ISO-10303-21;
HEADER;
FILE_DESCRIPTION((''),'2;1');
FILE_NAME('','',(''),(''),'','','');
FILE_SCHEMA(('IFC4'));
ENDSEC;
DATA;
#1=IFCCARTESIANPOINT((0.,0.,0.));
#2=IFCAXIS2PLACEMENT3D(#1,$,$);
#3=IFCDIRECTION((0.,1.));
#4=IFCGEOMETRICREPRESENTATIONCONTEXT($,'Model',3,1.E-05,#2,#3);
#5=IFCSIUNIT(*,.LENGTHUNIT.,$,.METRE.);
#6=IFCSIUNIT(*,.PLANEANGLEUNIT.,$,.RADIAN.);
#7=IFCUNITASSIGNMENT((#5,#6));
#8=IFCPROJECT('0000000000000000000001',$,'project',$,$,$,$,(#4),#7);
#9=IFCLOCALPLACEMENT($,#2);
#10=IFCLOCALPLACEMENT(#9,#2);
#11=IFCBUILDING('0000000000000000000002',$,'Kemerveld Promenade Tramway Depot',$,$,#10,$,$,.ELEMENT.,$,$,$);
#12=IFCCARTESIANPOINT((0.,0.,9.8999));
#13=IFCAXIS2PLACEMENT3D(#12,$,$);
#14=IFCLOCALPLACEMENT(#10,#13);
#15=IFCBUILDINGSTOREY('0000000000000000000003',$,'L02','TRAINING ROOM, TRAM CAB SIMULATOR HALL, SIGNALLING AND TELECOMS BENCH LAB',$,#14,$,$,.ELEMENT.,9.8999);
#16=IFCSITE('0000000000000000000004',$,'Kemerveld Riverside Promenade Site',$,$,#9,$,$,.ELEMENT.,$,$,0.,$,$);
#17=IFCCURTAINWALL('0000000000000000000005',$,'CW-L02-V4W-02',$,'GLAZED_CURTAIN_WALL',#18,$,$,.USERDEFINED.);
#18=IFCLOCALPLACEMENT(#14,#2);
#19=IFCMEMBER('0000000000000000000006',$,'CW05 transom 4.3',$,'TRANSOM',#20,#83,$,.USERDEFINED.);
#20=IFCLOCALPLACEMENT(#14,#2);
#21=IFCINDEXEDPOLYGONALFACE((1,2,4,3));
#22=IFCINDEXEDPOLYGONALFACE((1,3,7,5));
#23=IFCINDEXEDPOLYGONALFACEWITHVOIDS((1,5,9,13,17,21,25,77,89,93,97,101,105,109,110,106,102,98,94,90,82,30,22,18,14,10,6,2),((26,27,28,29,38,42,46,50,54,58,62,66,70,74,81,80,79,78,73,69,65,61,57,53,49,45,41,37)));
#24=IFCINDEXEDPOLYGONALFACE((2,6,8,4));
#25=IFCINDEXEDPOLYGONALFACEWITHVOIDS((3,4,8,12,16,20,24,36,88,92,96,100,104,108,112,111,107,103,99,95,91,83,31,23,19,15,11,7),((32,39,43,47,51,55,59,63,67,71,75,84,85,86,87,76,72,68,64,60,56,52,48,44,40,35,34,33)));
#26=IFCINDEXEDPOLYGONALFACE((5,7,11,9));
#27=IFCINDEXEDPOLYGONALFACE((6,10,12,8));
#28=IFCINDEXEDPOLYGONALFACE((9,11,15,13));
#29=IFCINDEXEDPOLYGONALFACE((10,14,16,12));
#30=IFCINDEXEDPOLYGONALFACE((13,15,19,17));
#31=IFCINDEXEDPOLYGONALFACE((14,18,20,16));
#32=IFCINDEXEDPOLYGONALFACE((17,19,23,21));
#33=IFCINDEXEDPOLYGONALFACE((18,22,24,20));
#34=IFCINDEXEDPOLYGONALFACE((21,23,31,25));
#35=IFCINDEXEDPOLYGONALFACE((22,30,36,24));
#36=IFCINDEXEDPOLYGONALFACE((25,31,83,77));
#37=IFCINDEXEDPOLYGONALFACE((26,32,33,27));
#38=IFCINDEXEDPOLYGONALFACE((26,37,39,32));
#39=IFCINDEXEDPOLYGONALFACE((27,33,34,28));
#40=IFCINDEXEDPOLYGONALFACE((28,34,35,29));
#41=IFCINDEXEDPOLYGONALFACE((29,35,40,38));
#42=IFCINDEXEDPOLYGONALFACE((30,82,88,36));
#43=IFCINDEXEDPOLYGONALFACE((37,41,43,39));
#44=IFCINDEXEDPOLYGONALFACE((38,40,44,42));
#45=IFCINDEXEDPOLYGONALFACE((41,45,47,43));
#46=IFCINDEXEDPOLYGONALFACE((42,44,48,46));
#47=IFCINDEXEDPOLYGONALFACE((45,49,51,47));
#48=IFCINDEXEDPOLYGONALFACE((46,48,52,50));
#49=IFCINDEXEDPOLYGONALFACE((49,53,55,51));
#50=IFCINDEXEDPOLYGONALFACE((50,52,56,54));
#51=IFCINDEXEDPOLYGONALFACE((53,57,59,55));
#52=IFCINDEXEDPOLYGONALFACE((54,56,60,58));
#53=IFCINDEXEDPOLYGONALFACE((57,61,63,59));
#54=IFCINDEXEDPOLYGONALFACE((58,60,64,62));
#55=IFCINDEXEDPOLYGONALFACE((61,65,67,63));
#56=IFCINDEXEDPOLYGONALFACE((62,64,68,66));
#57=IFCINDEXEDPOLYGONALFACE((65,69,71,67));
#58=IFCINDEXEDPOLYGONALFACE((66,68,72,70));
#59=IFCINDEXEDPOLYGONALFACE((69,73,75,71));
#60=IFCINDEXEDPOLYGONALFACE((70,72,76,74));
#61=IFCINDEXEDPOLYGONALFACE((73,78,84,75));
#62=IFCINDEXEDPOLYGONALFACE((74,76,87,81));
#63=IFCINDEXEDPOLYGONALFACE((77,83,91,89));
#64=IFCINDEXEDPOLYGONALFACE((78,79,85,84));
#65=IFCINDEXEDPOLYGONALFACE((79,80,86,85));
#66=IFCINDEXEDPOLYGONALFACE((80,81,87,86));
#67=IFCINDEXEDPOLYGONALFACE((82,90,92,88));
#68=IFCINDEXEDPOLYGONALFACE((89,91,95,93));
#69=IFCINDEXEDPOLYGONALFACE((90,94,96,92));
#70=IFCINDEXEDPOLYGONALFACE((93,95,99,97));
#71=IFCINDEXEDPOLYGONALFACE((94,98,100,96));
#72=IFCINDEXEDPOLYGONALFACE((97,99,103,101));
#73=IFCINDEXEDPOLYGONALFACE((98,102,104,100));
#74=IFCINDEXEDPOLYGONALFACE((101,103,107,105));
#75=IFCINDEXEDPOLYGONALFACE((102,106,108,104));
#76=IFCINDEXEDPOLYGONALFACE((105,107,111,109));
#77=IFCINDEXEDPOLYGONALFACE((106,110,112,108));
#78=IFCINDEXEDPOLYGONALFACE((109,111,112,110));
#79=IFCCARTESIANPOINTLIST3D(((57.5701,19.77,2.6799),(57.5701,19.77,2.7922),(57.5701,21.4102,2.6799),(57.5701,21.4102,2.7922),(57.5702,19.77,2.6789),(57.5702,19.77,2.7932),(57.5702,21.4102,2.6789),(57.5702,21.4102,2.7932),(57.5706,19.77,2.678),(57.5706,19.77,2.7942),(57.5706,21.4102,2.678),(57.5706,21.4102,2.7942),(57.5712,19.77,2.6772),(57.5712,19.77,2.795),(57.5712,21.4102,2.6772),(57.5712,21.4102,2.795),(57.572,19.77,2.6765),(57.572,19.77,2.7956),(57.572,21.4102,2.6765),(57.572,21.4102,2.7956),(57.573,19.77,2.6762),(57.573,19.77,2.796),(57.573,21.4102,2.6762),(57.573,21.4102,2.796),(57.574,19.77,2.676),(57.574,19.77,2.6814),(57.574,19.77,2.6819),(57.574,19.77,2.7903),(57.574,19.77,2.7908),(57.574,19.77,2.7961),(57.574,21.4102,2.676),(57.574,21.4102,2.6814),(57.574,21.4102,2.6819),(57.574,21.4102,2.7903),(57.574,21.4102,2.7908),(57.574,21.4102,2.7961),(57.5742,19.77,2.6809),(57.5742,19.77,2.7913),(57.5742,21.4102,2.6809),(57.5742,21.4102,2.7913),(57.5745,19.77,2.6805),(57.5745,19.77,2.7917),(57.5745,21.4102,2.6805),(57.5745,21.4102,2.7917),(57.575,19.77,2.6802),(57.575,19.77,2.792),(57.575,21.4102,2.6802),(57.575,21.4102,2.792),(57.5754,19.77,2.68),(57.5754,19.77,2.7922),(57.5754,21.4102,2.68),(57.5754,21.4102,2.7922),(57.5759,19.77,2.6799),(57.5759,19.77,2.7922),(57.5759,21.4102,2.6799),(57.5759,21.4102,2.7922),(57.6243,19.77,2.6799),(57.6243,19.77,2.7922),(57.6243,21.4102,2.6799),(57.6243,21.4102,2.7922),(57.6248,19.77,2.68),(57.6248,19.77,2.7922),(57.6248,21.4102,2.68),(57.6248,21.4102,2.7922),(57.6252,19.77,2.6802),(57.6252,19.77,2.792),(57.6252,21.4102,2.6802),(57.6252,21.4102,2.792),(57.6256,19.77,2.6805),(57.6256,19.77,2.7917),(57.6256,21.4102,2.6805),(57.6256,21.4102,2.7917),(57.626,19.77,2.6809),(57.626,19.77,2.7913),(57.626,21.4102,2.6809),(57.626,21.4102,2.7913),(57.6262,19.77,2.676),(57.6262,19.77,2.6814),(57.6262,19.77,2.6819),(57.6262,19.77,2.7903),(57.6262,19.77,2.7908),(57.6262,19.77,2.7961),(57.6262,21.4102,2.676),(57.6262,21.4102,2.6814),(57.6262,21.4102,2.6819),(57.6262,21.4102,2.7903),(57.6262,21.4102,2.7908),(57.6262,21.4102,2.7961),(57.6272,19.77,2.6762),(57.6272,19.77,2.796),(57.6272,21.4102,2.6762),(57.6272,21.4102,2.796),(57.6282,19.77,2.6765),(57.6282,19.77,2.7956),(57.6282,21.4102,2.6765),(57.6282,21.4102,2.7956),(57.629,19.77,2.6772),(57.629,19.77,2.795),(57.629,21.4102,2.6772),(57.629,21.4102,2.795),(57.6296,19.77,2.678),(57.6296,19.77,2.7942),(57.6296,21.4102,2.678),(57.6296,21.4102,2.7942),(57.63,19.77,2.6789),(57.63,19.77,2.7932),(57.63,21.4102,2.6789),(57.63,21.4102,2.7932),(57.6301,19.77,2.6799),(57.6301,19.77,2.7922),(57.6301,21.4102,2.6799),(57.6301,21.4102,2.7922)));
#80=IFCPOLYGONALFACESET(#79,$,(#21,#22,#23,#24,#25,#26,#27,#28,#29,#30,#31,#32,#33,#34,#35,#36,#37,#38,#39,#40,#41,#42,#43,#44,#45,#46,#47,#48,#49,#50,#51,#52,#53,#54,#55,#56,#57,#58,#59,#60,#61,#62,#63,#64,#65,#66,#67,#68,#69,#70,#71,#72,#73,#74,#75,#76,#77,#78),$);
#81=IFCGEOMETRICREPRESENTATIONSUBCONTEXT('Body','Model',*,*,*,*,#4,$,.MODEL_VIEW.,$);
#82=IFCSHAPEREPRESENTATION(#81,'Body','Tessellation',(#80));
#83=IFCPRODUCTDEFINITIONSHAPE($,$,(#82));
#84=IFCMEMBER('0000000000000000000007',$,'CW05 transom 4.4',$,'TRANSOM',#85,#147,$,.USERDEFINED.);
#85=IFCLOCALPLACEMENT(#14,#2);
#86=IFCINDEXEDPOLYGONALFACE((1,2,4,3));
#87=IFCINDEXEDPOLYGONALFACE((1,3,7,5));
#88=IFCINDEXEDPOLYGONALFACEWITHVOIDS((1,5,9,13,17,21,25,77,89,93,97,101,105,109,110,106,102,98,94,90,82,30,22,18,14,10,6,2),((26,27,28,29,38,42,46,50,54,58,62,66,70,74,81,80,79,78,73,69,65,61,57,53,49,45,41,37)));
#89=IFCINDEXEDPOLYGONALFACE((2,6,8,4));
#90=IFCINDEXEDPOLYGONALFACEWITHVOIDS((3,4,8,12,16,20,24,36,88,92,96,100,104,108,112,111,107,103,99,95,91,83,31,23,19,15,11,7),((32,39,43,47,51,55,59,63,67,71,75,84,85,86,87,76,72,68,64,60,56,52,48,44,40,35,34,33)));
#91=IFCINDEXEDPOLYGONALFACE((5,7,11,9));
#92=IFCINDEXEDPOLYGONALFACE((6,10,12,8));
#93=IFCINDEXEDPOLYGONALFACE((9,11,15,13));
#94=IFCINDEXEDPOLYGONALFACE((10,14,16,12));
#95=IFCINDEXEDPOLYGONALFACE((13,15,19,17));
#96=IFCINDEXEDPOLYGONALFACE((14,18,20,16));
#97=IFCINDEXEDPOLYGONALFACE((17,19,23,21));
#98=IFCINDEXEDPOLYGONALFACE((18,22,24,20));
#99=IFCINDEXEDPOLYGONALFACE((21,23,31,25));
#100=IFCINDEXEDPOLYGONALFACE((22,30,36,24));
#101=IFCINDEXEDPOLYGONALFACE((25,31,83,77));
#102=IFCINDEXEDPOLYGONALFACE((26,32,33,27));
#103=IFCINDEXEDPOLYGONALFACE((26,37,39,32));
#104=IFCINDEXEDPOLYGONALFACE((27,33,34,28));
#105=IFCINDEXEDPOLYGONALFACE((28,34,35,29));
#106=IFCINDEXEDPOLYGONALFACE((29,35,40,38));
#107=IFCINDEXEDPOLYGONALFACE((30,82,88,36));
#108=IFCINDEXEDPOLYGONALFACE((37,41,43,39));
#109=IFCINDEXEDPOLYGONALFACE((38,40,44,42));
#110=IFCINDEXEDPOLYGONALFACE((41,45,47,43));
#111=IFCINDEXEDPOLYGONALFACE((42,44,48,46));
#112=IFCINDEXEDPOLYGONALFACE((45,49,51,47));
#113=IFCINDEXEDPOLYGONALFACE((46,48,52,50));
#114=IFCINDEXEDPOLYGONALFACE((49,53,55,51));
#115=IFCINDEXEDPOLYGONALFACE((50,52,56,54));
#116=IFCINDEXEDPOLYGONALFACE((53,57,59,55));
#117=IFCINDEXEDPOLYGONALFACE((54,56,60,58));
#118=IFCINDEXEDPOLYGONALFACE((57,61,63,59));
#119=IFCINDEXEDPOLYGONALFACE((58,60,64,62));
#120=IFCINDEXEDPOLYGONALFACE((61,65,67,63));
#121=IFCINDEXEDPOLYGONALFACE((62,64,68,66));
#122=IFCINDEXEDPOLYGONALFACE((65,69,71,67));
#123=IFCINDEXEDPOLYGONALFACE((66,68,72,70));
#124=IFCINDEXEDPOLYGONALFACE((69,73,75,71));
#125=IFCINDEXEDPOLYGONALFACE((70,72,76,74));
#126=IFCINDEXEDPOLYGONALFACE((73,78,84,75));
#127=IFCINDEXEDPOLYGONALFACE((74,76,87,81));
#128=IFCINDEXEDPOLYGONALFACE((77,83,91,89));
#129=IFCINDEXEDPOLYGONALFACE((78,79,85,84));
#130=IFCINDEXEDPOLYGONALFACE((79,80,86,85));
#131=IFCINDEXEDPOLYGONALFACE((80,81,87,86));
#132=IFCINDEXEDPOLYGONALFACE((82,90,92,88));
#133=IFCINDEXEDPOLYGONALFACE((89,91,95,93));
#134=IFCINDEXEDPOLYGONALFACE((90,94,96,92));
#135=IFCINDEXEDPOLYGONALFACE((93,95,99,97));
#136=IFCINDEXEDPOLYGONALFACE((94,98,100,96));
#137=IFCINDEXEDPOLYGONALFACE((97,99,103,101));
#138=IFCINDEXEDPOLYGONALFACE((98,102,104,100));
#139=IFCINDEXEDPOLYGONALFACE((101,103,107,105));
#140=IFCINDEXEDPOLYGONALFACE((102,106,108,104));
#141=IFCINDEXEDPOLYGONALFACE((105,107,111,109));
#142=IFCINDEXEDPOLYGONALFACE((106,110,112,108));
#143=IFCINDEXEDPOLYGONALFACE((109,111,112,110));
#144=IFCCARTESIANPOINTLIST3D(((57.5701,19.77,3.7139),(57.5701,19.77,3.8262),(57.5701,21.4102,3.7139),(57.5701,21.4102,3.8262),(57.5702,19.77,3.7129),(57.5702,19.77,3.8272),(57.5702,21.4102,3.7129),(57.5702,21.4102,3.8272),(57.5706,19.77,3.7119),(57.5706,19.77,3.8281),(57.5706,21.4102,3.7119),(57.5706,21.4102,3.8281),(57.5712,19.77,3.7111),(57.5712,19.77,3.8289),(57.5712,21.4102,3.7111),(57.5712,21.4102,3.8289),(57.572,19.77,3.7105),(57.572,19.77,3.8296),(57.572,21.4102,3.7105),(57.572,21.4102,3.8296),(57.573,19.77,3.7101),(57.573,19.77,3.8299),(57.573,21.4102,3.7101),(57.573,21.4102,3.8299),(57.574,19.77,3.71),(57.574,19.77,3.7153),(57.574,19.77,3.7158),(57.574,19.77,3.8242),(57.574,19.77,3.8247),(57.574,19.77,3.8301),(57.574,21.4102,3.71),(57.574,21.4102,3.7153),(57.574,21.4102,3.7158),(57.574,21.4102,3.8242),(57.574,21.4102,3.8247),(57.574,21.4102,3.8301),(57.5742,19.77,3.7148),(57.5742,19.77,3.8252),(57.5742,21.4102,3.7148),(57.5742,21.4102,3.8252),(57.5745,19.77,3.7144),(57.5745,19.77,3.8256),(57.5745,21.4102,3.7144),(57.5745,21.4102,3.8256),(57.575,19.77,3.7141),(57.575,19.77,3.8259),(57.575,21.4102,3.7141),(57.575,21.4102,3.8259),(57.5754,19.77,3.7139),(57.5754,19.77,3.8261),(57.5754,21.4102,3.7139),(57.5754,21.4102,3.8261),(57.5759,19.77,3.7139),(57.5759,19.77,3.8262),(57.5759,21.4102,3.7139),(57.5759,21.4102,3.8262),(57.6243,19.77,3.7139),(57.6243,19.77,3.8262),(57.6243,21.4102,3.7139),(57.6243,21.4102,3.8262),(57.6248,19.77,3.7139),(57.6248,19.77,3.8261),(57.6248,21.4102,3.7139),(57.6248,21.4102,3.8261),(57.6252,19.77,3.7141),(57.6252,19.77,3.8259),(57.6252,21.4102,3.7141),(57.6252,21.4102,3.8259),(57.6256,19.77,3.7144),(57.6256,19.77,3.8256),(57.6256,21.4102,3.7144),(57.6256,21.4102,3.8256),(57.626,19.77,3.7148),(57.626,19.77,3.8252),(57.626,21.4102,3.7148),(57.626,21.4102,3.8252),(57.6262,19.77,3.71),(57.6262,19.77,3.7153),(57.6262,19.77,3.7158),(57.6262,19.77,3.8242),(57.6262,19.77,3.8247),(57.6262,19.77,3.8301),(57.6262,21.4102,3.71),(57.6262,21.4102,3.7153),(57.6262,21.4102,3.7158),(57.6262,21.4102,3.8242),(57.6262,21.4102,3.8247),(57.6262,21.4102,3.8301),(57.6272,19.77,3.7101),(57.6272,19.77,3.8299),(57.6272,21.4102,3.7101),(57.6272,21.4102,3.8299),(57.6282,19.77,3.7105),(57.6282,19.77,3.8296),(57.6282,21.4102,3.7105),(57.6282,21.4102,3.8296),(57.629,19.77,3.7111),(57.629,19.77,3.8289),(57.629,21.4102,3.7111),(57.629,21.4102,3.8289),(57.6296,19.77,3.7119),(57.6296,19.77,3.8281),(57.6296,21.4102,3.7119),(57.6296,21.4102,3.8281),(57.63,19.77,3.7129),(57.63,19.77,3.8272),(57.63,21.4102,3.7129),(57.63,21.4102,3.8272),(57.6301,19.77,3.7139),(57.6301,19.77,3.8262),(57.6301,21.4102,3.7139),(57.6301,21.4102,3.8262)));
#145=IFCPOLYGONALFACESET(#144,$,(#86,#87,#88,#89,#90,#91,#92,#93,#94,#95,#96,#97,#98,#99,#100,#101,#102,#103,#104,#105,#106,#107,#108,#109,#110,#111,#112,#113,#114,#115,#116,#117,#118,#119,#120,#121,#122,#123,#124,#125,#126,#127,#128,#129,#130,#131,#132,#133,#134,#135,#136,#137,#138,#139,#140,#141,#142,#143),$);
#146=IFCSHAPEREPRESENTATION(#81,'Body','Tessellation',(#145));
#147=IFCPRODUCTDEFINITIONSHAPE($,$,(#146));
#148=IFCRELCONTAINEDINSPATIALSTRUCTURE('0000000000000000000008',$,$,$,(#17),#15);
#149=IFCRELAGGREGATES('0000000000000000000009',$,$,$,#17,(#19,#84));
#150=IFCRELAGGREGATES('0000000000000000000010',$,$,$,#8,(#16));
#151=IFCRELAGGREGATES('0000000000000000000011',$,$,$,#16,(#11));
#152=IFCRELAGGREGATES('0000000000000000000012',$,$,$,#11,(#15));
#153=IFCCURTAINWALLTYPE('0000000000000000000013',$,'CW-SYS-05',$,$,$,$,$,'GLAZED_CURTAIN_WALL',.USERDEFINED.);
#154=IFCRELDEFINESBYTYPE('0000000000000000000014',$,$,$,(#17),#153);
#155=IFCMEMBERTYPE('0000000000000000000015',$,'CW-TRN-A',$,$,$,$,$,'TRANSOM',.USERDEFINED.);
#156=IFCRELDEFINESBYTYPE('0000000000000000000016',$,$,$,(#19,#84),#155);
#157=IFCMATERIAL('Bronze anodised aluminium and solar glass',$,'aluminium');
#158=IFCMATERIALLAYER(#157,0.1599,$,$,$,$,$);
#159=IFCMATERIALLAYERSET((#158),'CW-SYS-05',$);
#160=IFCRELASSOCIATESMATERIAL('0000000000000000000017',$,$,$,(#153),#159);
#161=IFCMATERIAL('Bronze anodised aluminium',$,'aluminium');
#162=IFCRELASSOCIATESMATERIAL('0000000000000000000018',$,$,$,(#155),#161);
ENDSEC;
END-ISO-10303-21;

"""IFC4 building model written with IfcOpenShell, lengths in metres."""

from ifc_helpers import new_model, si_unit, direction, frame, origin, origin_2d, place, context, subcontext, project, spatial, hollow_rectangle, extrude, material, layer, layer_set, material_profile, profile_set, type_object, element, aggregate, save


model = new_model("IFC4")

# Units and contexts
model_context = context("Model", 3, precision=1e-05, world=origin(), true_north=direction((0.0, 1.0)))
body_context = subcontext(model_context, "Body", "Model", "MODEL_VIEW")
ifc_project = project(units=[si_unit("LENGTHUNIT", "METRE"), si_unit("PLANEANGLEUNIT", "RADIAN")], contexts=[model_context])

# Site, building, storey
site_placement = place(None, origin())
site = spatial("IfcSite", under=ifc_project, at=site_placement, Name="Kemerveld Riverside Promenade Site", CompositionType="ELEMENT", RefElevation=0.0)
building_placement = place(site_placement, origin())
building = spatial("IfcBuilding", under=site, at=building_placement, Name="Kemerveld Promenade Tramway Depot", CompositionType="ELEMENT")
storey_placement = place(building_placement, frame((0.0, 0.0, 9.8999)))
storey = spatial("IfcBuildingStorey", under=building, at=storey_placement, Name="L02", Description="TRAINING ROOM, TRAM CAB SIMULATOR HALL, SIGNALLING AND TELECOMS BENCH LAB", CompositionType="ELEMENT", Elevation=9.8999)

# Curtain wall, members
ifc_material_1 = material(Name="Bronze anodised aluminium and solar glass", Category="aluminium")
ifc_layer_1 = layer(ifc_material_1, 0.1599)
ifc_layer_set_1 = layer_set([ifc_layer_1], Name="CW-SYS-05")
curtain_wall_type = type_object("IfcCurtainWallType", Name="CW-SYS-05", ElementType="GLAZED_CURTAIN_WALL", PredefinedType="USERDEFINED", material=ifc_layer_set_1)
curtain_wall_placement = place(storey_placement, origin())
curtain_wall = element("IfcCurtainWall", 1, at=curtain_wall_placement, inside=storey, type_object=curtain_wall_type, Name="CW-L02-V4W-02", ObjectType="GLAZED_CURTAIN_WALL", PredefinedType="USERDEFINED")
ifc_material_2 = material(Name="Bronze anodised aluminium", Category="aluminium")
ifc_material_profile_1 = material_profile(ifc_material_2, hollow_rectangle(XDim=0.0601, YDim=0.1201, WallThickness=0.0039, InnerFilletRadius=0.002, OuterFilletRadius=0.0039, at=origin_2d()), Name="CW-TRN-120x60")
ifc_profile_set_1 = profile_set([ifc_material_profile_1], Name="Bronze anodised aluminium")
member_type_1 = type_object("IfcMemberType", Name="CW-TRN-A", ElementType="TRANSOM", PredefinedType="USERDEFINED", material=ifc_profile_set_1)
member_1_placement = place(storey_placement, frame((57.6001, 19.77, 2.7361), z_axis=(0.0, 1.0, 0.0), x_axis=(-1.0, 0.0, 0.0)))
member_1 = element("IfcMember", 2, at=member_1_placement, type_object=member_type_1, Name="CW05 transom 4.3", ObjectType="TRANSOM", PredefinedType="USERDEFINED", context=body_context, shape_type="SweptSolid", body=[
    extrude(hollow_rectangle(XDim=0.0601, YDim=0.1201, WallThickness=0.0039, InnerFilletRadius=0.002, OuterFilletRadius=0.0039, at=origin_2d()), origin(), (0.0, 0.0, 1.0), 1.6401),
])
member_2_placement = place(storey_placement, frame((57.6001, 19.77, 3.77), z_axis=(0.0, 1.0, 0.0), x_axis=(-1.0, 0.0, 0.0)))
member_2 = element("IfcMember", 3, at=member_2_placement, type_object=member_type_1, Name="CW05 transom 4.4", ObjectType="TRANSOM", PredefinedType="USERDEFINED", context=body_context, shape_type="SweptSolid", body=[
    extrude(hollow_rectangle(XDim=0.0601, YDim=0.1201, WallThickness=0.0039, InnerFilletRadius=0.002, OuterFilletRadius=0.0039, at=origin_2d()), origin(), (0.0, 0.0, 1.0), 1.6401),
])

aggregate(curtain_wall, [member_1, member_2])

save(model, "model.ifc")
